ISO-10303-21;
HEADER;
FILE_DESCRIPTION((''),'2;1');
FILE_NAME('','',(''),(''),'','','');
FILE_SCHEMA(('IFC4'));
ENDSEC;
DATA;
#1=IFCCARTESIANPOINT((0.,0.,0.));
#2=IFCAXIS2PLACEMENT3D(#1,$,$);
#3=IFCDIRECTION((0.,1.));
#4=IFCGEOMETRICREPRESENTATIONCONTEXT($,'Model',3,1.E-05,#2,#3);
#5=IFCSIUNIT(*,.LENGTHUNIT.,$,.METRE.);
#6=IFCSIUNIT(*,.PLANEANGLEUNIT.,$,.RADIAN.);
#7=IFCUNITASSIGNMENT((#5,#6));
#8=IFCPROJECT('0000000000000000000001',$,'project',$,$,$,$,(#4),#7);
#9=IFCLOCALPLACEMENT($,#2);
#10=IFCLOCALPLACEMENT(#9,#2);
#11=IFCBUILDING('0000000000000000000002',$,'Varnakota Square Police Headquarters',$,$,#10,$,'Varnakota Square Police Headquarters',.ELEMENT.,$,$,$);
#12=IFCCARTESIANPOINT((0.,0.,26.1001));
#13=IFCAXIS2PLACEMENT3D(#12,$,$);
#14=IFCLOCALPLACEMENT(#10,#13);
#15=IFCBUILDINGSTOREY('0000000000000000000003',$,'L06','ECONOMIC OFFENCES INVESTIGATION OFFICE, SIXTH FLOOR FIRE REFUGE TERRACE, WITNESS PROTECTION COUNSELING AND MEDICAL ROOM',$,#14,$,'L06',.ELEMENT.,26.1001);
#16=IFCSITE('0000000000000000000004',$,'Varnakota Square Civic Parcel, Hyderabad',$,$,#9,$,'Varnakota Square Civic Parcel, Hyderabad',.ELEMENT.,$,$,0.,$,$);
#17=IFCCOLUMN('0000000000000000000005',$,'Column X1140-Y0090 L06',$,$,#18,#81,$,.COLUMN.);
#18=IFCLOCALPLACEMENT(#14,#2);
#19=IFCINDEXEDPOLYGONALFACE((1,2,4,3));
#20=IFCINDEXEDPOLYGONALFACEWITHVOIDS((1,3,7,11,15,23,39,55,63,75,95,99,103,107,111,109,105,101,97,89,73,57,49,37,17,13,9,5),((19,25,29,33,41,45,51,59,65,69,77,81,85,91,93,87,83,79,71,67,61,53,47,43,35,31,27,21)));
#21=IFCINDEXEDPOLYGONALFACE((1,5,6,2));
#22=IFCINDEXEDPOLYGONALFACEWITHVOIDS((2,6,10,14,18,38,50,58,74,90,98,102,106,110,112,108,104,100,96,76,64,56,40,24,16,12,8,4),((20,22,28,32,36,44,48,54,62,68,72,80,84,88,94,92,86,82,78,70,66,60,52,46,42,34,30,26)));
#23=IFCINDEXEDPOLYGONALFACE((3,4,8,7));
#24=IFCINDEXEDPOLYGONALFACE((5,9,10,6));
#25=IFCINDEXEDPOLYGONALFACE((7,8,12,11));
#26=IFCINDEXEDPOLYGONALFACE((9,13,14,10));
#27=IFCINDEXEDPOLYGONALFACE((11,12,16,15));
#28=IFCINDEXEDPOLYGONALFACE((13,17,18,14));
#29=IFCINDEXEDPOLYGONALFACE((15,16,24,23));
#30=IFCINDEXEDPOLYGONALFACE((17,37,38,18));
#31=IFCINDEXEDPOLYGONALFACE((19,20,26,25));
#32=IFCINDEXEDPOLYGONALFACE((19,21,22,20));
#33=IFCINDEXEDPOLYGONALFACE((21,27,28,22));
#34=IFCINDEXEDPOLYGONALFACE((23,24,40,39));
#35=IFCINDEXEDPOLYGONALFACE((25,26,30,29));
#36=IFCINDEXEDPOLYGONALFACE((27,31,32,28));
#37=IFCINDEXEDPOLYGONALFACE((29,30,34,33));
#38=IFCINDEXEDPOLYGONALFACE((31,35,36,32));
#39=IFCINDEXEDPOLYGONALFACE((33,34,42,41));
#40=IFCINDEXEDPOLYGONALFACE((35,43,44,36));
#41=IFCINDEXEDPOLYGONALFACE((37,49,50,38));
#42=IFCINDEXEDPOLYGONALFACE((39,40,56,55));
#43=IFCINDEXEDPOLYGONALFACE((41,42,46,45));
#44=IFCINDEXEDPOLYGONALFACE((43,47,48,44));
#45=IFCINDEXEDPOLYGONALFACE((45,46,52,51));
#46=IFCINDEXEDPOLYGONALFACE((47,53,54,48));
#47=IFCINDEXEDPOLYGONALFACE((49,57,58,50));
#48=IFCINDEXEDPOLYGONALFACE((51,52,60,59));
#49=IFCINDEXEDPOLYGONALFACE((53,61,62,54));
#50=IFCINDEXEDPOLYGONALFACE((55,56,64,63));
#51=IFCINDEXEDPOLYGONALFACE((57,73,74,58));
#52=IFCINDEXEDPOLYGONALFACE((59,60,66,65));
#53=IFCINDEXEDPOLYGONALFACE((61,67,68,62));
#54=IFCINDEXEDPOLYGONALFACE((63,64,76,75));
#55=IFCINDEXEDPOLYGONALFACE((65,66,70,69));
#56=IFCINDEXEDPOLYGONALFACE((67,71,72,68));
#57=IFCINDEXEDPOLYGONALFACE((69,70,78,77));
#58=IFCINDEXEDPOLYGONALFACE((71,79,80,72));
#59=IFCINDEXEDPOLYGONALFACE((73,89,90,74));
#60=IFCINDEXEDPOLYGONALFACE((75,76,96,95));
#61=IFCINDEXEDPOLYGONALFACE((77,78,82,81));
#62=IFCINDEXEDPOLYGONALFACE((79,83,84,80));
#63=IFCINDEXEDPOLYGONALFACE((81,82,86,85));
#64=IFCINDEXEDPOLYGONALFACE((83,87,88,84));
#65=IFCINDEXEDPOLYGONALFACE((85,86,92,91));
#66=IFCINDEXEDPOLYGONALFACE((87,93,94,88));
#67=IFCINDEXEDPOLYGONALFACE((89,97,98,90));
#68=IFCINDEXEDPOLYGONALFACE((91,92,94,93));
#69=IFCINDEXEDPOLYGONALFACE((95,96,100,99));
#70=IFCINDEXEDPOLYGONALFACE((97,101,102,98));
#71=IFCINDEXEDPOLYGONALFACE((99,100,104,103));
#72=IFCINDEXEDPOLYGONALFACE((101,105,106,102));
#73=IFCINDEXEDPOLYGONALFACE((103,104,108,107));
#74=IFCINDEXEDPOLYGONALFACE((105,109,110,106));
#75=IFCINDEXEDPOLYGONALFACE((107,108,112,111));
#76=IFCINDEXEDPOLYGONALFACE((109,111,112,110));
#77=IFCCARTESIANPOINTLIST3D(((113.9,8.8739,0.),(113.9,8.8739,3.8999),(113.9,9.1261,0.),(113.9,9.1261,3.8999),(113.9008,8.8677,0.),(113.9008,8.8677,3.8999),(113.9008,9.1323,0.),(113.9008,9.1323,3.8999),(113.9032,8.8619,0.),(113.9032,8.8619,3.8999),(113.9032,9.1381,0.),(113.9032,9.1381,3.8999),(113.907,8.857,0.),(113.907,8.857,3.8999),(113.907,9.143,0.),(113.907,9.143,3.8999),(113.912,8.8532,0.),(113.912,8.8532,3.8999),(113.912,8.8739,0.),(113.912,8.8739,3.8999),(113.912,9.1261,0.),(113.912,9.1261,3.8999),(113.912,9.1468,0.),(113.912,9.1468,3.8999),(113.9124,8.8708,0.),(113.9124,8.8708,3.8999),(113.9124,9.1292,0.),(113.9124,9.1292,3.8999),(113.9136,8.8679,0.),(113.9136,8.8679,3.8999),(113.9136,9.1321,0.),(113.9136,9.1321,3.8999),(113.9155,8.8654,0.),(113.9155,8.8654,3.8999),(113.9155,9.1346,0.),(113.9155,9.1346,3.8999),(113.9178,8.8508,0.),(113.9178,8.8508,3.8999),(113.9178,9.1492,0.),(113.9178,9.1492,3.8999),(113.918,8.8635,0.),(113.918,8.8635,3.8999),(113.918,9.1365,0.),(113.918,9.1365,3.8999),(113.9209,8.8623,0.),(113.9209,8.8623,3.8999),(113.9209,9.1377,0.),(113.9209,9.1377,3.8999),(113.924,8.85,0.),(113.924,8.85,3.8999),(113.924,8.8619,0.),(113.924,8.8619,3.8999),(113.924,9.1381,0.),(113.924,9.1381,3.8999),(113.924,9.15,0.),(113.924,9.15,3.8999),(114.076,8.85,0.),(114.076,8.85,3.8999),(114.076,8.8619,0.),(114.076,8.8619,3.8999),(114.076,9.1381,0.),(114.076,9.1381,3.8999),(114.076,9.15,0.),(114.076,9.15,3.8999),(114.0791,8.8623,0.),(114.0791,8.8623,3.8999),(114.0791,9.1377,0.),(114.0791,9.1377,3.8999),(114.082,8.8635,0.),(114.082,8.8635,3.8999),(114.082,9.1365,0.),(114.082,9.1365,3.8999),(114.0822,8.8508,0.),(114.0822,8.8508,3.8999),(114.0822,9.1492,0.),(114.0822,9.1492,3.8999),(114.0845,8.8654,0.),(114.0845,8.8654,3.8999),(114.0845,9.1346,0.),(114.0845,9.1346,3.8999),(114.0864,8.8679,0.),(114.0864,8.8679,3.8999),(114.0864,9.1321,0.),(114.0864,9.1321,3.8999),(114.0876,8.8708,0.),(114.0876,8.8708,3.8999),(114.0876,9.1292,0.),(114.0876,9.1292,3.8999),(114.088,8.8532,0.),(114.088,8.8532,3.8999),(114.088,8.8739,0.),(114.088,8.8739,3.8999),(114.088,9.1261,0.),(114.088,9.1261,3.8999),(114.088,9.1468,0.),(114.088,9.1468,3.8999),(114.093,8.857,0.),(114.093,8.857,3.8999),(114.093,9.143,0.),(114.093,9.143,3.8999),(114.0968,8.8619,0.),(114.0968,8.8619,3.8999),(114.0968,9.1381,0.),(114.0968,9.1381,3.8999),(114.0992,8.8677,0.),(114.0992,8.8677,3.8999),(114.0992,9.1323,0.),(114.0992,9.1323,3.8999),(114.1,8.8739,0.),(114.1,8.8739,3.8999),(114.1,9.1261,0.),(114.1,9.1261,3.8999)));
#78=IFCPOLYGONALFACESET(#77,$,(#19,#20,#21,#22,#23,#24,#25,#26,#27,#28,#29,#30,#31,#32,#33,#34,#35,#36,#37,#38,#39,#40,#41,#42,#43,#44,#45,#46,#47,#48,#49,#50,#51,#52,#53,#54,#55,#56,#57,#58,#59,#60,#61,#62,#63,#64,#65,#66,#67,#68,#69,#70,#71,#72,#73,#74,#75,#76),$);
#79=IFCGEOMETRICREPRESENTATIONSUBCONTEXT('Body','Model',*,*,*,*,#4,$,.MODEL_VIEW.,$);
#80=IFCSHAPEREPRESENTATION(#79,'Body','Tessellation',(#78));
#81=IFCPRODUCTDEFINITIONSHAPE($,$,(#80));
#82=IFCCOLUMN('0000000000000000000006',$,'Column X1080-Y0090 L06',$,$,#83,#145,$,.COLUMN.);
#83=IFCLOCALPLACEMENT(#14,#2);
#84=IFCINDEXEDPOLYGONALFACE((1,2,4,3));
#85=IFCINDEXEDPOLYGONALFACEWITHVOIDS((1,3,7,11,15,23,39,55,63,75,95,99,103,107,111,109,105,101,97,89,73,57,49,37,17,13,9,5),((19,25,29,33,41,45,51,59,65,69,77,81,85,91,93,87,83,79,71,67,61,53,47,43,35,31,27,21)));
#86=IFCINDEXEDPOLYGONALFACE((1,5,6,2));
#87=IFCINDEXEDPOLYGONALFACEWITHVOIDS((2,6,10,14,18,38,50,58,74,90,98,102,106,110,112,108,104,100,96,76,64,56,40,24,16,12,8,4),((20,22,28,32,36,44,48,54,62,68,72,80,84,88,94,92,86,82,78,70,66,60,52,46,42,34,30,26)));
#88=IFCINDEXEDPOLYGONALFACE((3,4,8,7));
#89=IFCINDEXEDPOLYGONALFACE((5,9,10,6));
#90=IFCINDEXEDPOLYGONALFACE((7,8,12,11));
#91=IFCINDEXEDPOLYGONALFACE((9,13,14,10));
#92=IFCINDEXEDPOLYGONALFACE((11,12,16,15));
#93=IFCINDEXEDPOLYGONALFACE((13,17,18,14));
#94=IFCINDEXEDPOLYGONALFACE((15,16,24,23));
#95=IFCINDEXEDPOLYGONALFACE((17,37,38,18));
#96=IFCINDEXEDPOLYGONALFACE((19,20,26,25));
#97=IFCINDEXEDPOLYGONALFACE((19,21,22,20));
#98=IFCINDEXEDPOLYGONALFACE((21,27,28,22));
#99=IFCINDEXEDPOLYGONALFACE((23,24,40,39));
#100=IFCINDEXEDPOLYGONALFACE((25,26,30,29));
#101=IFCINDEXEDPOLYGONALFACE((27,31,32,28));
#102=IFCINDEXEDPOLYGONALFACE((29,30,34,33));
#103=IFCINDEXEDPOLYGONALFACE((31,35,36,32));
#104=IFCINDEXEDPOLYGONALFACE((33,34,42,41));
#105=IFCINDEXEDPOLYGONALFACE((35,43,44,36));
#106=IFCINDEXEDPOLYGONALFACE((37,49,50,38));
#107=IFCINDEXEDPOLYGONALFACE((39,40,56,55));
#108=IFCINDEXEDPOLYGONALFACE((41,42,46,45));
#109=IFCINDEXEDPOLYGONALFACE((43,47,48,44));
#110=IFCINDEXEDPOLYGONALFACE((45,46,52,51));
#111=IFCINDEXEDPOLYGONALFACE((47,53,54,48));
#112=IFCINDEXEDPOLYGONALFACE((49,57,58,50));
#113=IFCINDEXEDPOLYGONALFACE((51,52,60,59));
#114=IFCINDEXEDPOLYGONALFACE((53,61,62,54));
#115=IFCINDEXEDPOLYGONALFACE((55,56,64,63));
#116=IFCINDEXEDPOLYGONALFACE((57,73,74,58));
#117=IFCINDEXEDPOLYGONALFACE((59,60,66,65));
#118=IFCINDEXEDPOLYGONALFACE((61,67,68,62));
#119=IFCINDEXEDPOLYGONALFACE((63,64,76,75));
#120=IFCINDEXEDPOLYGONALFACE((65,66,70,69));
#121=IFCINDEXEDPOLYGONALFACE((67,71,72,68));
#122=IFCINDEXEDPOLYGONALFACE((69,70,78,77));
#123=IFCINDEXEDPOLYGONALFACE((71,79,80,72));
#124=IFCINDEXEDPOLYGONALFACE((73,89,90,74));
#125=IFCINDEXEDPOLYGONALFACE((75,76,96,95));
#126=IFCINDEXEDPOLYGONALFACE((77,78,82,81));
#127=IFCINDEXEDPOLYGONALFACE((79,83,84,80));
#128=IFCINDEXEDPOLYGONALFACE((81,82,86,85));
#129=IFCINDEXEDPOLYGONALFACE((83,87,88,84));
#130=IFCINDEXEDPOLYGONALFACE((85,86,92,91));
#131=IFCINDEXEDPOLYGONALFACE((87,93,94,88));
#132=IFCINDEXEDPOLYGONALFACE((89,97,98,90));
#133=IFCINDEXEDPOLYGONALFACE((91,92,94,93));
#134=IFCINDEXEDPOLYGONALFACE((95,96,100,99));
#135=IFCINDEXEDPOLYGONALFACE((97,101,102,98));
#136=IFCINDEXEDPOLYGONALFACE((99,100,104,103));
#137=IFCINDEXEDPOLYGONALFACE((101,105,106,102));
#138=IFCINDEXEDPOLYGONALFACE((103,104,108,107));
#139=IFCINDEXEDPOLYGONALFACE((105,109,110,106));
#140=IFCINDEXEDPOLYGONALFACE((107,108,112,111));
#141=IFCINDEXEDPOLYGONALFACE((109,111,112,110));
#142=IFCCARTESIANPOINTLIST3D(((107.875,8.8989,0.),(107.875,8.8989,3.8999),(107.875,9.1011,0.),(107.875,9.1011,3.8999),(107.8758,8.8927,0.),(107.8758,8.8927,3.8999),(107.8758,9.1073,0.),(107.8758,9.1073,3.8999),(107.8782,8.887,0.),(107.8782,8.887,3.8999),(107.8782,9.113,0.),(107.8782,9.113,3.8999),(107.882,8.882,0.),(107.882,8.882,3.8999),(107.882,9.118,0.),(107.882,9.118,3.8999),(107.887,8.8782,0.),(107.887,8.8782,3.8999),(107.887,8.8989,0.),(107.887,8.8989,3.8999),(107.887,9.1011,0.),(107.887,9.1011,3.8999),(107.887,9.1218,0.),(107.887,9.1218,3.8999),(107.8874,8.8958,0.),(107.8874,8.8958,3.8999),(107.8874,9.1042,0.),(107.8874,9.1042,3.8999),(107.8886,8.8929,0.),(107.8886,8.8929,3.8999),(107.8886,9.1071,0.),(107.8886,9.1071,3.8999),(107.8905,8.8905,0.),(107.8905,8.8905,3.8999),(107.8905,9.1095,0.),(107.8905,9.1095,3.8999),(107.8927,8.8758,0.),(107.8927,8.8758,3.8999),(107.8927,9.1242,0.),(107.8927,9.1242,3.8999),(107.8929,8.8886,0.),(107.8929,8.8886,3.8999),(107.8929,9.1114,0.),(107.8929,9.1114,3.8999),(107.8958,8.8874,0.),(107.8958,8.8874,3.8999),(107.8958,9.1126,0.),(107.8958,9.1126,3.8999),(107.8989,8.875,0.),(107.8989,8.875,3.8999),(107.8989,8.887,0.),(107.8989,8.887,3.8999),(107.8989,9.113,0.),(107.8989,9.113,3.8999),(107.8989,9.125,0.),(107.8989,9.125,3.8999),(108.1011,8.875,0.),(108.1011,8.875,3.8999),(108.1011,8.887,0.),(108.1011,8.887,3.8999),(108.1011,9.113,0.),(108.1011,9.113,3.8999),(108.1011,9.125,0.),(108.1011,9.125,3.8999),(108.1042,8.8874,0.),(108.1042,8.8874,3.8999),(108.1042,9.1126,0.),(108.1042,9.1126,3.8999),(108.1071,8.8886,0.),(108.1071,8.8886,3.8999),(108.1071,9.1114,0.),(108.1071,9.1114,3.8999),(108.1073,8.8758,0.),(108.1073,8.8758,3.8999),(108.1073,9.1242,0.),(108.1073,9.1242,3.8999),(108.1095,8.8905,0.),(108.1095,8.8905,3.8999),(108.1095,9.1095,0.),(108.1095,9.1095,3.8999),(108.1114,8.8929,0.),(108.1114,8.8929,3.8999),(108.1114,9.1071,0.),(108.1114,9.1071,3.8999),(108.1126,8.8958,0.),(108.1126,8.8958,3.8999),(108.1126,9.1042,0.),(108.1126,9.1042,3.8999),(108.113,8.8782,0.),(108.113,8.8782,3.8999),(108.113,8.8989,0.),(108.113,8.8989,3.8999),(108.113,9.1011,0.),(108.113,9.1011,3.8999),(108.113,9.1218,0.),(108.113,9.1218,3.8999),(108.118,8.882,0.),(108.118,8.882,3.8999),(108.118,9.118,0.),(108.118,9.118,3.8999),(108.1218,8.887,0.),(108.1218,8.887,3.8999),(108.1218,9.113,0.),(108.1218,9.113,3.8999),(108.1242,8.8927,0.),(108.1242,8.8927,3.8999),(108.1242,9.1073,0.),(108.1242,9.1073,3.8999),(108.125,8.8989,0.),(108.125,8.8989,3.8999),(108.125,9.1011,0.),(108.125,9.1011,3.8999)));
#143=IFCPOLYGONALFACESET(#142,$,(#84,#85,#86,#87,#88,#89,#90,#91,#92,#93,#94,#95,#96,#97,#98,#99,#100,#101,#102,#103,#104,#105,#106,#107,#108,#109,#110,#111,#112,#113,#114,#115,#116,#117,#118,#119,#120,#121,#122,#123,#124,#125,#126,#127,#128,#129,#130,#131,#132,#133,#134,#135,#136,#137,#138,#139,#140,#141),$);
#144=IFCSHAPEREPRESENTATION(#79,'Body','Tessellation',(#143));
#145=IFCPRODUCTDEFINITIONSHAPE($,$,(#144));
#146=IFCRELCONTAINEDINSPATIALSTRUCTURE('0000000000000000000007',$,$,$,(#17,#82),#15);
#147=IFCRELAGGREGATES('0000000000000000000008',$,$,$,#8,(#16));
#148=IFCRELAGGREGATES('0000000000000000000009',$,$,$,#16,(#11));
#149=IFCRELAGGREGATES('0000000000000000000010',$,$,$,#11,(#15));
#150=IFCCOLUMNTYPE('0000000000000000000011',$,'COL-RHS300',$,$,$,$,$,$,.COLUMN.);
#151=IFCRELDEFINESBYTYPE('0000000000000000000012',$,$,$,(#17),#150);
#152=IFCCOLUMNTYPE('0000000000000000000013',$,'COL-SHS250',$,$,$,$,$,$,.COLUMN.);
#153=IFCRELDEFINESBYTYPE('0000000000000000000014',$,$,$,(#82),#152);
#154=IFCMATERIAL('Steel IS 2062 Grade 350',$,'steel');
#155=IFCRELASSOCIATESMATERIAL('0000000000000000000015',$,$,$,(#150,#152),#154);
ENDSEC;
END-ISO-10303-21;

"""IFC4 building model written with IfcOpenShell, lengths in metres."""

from ifc_helpers import new_model, si_unit, direction, frame, origin, origin_2d, place, context, subcontext, project, spatial, hollow_rectangle, extrude, material, material_profile, profile_set, type_object, element, save


model = new_model("IFC4")

# Units and contexts
model_context = context("Model", 3, precision=1e-05, world=origin(), true_north=direction((0.0, 1.0)))
body_context = subcontext(model_context, "Body", "Model", "MODEL_VIEW")
ifc_project = project(units=[si_unit("LENGTHUNIT", "METRE"), si_unit("PLANEANGLEUNIT", "RADIAN")], contexts=[model_context])

# Site, building, storey
site_placement = place(None, origin())
site = spatial("IfcSite", under=ifc_project, at=site_placement, Name="Varnakota Square Civic Parcel, Hyderabad", LongName="Varnakota Square Civic Parcel, Hyderabad", CompositionType="ELEMENT", RefElevation=0.0)
building_placement = place(site_placement, origin())
building = spatial("IfcBuilding", under=site, at=building_placement, Name="Varnakota Square Police Headquarters", LongName="Varnakota Square Police Headquarters", CompositionType="ELEMENT")
storey_placement = place(building_placement, frame((0.0, 0.0, 26.1001)))
storey = spatial("IfcBuildingStorey", under=building, at=storey_placement, Name="L06", Description="ECONOMIC OFFENCES INVESTIGATION OFFICE, SIXTH FLOOR FIRE REFUGE TERRACE, WITNESS PROTECTION COUNSELING AND MEDICAL ROOM", LongName="L06", CompositionType="ELEMENT", Elevation=26.1001)

# Columns
ifc_material_1 = material(Name="Steel IS 2062 Grade 350", Category="steel")
ifc_material_profile_1 = material_profile(ifc_material_1, hollow_rectangle(XDim=0.2, YDim=0.3, WallThickness=0.012, InnerFilletRadius=0.012, OuterFilletRadius=0.0239, at=origin_2d()), Name="RHS 300x200x12")
ifc_profile_set_1 = profile_set([ifc_material_profile_1], Name="Steel IS 2062 Grade 350")
column_type_1 = type_object("IfcColumnType", Name="COL-RHS300", PredefinedType="COLUMN", material=ifc_profile_set_1)
column_placement = place(storey_placement, frame((114.0, 9.0, 0.0), z_axis=(0.0, 0.0, 1.0), x_axis=(1.0, 0.0, 0.0)))
element("IfcColumn", 1, at=column_placement, inside=storey, type_object=column_type_1, Name="Column X1140-Y0090 L06", PredefinedType="COLUMN", context=body_context, shape_type="SweptSolid", body=[
    extrude(hollow_rectangle(XDim=0.2, YDim=0.3, WallThickness=0.012, InnerFilletRadius=0.012, OuterFilletRadius=0.0239, at=origin_2d()), origin(), (0.0, 0.0, 1.0), 3.8999),
])
ifc_material_profile_2 = material_profile(ifc_material_1, hollow_rectangle(XDim=0.25, YDim=0.25, WallThickness=0.012, InnerFilletRadius=0.012, OuterFilletRadius=0.0239, at=origin_2d()), Name="SHS 250x250x12")
ifc_profile_set_2 = profile_set([ifc_material_profile_2], Name="Steel IS 2062 Grade 350")
column_type_2 = type_object("IfcColumnType", Name="COL-SHS250", PredefinedType="COLUMN", material=ifc_profile_set_2)
for number, where, z_axis, x_axis, name in (
    (2, (108.0, 9.0, 0.0), (0.0, 0.0, 1.0), (1.0, 0.0, 0.0), "Column X1080-Y0090 L06"),
):
    element("IfcColumn", number, at=place(storey_placement, frame(where, z_axis=z_axis, x_axis=x_axis)), inside=storey, type_object=column_type_2, Name=name, PredefinedType="COLUMN", context=body_context, shape_type="SweptSolid", body=[
        extrude(hollow_rectangle(XDim=0.25, YDim=0.25, WallThickness=0.012, InnerFilletRadius=0.012, OuterFilletRadius=0.0239, at=origin_2d()), origin(), (0.0, 0.0, 1.0), 3.8999),
    ])

save(model, "model.ifc")
